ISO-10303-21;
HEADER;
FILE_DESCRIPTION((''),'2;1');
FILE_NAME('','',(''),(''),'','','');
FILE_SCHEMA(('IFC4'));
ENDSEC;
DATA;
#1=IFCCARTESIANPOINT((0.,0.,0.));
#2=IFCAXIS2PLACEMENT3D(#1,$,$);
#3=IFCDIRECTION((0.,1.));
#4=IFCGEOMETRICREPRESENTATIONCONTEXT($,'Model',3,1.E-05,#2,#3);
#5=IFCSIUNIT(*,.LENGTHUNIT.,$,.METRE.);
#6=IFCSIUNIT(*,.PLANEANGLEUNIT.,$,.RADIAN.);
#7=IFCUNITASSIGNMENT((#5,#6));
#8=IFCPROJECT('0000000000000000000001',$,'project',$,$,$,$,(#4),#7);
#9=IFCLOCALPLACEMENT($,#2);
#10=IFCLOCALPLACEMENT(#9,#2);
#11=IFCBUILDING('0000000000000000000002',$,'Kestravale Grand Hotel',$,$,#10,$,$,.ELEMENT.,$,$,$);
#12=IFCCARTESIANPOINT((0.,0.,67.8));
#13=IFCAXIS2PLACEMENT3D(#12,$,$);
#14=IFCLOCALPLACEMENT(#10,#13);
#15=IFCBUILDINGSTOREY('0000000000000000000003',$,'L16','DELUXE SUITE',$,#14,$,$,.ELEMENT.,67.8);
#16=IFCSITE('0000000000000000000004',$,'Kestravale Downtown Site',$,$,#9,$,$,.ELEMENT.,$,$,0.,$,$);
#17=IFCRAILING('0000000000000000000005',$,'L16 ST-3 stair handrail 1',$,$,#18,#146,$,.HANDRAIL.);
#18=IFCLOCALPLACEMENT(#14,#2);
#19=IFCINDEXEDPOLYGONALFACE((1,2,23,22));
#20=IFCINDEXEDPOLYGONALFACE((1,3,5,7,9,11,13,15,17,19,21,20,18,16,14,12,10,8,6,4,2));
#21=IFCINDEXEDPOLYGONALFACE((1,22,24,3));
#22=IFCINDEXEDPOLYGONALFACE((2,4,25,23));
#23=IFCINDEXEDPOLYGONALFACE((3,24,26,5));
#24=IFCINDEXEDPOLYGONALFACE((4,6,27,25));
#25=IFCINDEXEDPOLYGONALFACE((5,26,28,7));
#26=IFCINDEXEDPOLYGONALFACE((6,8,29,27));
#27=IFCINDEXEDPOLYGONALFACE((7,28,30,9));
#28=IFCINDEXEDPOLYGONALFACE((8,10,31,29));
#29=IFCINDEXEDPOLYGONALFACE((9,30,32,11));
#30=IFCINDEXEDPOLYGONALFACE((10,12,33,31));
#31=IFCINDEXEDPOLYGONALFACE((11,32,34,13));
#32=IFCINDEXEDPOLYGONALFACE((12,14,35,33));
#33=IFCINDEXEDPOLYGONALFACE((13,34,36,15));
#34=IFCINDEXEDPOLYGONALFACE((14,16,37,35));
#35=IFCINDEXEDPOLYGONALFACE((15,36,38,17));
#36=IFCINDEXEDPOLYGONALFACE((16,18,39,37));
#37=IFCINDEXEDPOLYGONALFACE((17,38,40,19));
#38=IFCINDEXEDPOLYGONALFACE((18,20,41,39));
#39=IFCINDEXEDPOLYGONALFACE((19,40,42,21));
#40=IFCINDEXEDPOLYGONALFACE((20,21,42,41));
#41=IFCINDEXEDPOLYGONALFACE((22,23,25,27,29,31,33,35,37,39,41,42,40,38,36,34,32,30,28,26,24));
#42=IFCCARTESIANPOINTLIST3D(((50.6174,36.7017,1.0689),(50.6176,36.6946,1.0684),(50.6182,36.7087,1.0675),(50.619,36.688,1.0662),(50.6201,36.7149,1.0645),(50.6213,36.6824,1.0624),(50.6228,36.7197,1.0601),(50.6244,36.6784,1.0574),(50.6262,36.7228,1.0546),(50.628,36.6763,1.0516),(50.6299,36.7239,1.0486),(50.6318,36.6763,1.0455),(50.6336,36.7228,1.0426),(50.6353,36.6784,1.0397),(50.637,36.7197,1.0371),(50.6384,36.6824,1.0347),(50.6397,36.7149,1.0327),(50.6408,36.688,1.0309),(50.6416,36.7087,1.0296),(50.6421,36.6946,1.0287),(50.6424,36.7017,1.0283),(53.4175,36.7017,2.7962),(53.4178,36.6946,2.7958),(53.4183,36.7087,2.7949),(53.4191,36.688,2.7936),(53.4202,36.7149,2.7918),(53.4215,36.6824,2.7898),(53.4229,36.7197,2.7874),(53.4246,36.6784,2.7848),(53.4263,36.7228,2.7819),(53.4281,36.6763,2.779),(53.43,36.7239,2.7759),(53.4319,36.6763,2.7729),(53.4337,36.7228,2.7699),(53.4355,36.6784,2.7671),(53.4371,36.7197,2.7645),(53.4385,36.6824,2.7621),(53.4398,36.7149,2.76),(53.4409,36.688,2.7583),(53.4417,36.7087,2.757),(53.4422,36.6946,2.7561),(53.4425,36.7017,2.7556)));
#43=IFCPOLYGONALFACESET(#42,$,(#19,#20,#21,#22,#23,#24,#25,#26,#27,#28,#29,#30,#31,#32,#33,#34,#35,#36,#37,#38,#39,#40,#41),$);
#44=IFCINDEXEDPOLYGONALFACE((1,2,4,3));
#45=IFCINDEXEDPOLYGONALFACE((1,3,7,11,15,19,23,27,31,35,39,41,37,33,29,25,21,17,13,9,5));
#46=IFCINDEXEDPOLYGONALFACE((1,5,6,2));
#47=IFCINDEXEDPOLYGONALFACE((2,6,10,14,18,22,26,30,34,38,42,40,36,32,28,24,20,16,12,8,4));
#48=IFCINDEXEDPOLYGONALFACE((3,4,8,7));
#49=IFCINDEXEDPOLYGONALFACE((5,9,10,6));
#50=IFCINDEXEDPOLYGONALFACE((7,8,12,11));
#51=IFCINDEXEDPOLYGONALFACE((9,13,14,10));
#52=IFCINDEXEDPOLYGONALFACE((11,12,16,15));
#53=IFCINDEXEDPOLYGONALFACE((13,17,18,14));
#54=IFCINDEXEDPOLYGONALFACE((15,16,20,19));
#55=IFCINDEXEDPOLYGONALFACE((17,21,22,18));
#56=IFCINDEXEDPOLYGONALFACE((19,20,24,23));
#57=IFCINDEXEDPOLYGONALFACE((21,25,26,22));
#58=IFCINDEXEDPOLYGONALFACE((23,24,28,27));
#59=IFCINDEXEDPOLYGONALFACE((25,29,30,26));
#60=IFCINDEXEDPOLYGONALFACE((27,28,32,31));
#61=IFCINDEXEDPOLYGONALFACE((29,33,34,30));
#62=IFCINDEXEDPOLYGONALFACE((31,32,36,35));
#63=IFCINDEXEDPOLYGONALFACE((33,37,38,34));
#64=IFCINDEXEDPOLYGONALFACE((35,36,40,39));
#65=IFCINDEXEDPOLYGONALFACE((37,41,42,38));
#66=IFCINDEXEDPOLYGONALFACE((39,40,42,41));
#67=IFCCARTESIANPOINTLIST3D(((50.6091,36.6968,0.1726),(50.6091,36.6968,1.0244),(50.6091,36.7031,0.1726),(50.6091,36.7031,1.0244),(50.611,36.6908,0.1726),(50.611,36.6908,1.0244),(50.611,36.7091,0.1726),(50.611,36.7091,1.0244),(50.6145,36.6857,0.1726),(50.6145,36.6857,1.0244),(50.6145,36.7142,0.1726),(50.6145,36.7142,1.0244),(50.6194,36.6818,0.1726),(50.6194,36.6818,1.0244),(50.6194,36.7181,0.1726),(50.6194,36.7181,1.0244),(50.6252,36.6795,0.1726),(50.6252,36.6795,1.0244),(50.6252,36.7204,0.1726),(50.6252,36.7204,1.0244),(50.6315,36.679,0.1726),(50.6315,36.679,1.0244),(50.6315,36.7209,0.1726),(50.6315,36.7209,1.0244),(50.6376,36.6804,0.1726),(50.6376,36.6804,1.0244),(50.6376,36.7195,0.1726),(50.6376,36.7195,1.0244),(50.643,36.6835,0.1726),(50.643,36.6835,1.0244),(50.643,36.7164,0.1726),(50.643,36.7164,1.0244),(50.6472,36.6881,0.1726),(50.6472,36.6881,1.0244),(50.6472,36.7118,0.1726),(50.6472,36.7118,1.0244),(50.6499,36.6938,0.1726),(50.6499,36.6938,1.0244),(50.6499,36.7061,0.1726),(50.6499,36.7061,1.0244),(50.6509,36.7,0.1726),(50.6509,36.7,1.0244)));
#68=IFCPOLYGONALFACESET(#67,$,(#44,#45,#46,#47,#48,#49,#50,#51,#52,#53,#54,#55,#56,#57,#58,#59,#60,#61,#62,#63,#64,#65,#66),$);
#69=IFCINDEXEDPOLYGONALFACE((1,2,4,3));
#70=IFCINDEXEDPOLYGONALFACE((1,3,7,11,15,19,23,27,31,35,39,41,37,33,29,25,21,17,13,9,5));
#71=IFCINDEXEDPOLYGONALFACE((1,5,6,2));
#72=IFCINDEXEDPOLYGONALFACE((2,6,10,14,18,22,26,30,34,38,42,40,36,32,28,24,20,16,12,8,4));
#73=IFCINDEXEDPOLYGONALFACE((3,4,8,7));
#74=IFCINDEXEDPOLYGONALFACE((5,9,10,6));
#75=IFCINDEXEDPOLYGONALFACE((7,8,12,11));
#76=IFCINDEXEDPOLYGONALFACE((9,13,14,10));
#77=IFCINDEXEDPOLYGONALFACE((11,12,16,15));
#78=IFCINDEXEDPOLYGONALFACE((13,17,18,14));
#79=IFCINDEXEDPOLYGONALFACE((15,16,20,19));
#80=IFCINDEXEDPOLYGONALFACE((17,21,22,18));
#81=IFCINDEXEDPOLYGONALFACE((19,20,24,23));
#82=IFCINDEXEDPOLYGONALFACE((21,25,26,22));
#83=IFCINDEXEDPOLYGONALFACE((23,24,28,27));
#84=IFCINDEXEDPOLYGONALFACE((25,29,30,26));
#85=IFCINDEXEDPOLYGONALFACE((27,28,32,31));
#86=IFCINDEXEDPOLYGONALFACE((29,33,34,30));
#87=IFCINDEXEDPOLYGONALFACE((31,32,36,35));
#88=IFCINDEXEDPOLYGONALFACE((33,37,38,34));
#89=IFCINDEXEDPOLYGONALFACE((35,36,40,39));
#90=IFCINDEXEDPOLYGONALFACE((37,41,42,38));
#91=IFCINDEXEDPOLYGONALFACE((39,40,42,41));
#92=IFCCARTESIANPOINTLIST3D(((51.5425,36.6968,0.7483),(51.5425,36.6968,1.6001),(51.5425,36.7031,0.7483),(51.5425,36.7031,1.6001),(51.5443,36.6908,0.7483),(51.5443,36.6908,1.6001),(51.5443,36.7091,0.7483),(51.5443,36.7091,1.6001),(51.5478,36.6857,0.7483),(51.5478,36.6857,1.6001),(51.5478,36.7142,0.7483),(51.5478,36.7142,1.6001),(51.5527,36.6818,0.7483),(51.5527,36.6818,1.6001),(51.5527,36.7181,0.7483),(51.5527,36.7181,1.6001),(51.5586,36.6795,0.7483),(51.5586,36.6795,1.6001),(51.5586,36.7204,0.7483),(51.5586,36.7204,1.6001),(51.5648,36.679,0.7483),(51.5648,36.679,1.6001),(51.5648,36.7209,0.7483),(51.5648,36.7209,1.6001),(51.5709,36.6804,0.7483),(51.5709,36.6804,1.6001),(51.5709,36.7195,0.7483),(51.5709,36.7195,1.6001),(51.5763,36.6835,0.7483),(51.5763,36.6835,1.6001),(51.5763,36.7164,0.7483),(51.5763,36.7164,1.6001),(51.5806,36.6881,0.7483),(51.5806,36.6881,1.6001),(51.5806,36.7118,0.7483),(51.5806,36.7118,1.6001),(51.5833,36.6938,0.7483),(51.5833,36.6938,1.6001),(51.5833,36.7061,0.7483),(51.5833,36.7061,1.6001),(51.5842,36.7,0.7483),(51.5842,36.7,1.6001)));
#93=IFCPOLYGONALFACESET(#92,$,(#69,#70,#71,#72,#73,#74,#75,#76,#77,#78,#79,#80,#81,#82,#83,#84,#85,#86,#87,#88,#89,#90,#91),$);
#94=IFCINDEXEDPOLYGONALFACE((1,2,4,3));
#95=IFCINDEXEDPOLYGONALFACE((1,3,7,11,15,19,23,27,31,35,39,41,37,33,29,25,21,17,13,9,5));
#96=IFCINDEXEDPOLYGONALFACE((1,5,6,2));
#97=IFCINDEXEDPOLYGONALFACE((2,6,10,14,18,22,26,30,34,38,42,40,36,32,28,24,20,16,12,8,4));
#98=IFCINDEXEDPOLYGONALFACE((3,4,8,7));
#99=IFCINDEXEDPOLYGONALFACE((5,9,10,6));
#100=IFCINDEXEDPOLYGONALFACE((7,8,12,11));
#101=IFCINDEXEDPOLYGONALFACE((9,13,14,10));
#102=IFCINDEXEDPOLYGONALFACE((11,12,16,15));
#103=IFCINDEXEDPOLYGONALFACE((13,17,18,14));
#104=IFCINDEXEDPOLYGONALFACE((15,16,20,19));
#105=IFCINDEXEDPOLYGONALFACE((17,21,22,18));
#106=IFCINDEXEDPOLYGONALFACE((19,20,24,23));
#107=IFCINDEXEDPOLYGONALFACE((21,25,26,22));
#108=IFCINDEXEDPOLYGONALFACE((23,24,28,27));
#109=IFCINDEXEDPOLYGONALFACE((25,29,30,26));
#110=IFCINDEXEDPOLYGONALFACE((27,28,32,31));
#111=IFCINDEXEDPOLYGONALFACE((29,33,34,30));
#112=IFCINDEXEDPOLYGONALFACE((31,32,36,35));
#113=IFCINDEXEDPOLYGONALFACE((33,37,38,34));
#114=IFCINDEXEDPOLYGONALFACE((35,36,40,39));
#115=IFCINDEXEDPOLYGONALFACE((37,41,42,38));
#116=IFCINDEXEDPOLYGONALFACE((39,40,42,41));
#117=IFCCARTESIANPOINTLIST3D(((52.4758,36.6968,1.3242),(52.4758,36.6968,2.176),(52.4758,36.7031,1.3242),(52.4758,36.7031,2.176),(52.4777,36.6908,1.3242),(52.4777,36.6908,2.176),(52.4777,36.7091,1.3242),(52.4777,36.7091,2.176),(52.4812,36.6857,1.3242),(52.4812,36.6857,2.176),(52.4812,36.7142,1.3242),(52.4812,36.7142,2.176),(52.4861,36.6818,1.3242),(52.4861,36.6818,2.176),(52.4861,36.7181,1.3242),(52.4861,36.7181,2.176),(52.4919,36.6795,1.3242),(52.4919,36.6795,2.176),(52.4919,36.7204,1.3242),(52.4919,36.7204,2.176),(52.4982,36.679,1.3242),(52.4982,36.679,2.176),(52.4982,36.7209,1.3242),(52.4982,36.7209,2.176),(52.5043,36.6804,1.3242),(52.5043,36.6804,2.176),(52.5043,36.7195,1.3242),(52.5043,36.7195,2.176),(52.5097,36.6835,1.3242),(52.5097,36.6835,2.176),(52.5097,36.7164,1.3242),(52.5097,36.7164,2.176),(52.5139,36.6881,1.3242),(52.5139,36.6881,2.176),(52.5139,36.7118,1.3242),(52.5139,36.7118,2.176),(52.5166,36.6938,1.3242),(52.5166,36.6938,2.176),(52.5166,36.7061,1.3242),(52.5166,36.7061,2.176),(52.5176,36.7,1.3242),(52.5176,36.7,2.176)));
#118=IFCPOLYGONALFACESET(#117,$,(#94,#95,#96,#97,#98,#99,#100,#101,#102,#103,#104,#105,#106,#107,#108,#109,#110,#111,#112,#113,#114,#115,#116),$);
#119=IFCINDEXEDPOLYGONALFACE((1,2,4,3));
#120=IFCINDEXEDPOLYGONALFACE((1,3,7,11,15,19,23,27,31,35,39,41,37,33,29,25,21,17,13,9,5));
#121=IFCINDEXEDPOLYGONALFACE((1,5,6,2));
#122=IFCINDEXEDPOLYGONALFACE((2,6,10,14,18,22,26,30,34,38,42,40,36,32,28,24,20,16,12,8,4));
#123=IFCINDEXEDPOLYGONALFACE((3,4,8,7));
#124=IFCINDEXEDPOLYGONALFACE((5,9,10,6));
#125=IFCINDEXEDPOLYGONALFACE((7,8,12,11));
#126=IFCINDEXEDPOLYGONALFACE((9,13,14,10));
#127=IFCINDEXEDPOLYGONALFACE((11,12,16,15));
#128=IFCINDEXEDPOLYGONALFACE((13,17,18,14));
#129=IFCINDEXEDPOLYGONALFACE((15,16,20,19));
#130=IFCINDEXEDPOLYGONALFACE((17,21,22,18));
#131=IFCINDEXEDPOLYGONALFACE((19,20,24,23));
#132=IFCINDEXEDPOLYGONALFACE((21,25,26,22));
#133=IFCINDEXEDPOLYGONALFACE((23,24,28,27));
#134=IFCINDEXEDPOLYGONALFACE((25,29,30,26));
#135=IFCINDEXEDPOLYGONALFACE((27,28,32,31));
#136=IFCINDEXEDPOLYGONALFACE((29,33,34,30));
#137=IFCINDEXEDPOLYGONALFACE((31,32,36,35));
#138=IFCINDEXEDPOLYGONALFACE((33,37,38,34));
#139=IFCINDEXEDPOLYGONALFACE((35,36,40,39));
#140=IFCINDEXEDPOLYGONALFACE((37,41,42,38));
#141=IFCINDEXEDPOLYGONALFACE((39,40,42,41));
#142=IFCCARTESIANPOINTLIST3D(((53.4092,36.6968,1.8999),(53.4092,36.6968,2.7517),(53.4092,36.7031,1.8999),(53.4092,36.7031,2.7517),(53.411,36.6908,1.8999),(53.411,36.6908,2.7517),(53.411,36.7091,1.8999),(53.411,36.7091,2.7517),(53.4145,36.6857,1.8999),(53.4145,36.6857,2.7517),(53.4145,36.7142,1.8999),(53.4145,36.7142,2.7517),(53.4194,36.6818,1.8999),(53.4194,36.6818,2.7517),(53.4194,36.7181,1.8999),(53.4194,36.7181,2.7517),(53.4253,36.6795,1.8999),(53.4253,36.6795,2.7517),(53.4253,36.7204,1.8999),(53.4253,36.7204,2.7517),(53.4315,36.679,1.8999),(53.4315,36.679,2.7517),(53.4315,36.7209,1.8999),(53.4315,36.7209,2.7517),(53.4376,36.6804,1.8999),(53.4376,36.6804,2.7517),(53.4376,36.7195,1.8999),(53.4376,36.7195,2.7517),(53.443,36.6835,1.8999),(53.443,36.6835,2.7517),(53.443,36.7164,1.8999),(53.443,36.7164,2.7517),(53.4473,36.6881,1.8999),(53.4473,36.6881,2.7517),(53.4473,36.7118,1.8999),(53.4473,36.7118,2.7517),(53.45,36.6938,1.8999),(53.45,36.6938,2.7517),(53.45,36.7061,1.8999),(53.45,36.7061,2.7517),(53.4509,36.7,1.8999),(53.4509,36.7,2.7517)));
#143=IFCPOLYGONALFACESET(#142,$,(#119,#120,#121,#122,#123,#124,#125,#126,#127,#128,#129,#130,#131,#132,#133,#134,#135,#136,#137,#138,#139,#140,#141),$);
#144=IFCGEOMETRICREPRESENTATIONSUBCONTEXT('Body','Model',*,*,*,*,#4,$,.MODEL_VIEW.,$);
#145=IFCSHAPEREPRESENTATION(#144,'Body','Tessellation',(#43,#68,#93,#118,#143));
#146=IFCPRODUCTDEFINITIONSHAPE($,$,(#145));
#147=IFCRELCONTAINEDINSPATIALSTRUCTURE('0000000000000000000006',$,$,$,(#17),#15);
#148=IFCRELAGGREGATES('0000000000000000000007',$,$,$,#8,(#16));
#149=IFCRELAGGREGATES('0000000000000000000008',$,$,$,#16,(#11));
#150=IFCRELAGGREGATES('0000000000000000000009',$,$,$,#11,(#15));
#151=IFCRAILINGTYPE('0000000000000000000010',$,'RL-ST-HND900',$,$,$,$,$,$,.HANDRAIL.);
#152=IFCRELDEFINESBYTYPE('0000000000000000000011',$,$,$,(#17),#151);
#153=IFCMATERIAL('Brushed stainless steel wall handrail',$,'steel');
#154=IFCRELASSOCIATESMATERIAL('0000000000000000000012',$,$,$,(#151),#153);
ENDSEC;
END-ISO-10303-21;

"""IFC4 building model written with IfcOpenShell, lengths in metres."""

from ifc_helpers import new_model, si_unit, direction, frame, origin, origin_2d, place, context, subcontext, project, spatial, circle, extrude, material, type_object, element, save


model = new_model("IFC4")

# Units and contexts
model_context = context("Model", 3, precision=1e-05, world=origin(), true_north=direction((0.0, 1.0)))
body_context = subcontext(model_context, "Body", "Model", "MODEL_VIEW")
ifc_project = project(units=[si_unit("LENGTHUNIT", "METRE"), si_unit("PLANEANGLEUNIT", "RADIAN")], contexts=[model_context])

# Site, building, storey
site_placement = place(None, origin())
site = spatial("IfcSite", under=ifc_project, at=site_placement, Name="Kestravale Downtown Site", CompositionType="ELEMENT", RefElevation=0.0)
building_placement = place(site_placement, origin())
building = spatial("IfcBuilding", under=site, at=building_placement, Name="Kestravale Grand Hotel", CompositionType="ELEMENT")
storey_placement = place(building_placement, frame((0.0, 0.0, 67.8)))
storey = spatial("IfcBuildingStorey", under=building, at=storey_placement, Name="L16", Description="DELUXE SUITE", CompositionType="ELEMENT", Elevation=67.8)

# Railing
ifc_material_1 = material(Name="Brushed stainless steel wall handrail", Category="steel")
railing_type_1 = type_object("IfcRailingType", Name="RL-ST-HND900", PredefinedType="HANDRAIL", material=ifc_material_1)
railing_1_placement = place(storey_placement, frame((50.6299, 36.7, 0.1726)))
element("IfcRailing", 1, at=railing_1_placement, inside=storey, type_object=railing_type_1, Name="L16 ST-3 stair handrail 1", PredefinedType="HANDRAIL", context=body_context, shape_type="SweptSolid", body=[
    extrude(circle(Radius=0.0239, at=origin_2d()), frame((0.0, 0.0, 0.876), z_axis=(0.85109, 0.0, 0.52502), x_axis=(0.0, 1.0, 0.0)), (0.0, 0.0, 1.0), 3.29),
    extrude(circle(Radius=0.021, at=origin_2d()), origin(), (0.0, 0.0, 1.0), 0.8518),
    extrude(circle(Radius=0.021, at=origin_2d()), frame((0.9333, 0.0, 0.5757)), (0.0, 0.0, 1.0), 0.8518),
    extrude(circle(Radius=0.021, at=origin_2d()), frame((1.8667, 0.0, 1.1516)), (0.0, 0.0, 1.0), 0.8518),
    extrude(circle(Radius=0.021, at=origin_2d()), frame((2.8, 0.0, 1.7273)), (0.0, 0.0, 1.0), 0.8518),
])

save(model, "model.ifc")
